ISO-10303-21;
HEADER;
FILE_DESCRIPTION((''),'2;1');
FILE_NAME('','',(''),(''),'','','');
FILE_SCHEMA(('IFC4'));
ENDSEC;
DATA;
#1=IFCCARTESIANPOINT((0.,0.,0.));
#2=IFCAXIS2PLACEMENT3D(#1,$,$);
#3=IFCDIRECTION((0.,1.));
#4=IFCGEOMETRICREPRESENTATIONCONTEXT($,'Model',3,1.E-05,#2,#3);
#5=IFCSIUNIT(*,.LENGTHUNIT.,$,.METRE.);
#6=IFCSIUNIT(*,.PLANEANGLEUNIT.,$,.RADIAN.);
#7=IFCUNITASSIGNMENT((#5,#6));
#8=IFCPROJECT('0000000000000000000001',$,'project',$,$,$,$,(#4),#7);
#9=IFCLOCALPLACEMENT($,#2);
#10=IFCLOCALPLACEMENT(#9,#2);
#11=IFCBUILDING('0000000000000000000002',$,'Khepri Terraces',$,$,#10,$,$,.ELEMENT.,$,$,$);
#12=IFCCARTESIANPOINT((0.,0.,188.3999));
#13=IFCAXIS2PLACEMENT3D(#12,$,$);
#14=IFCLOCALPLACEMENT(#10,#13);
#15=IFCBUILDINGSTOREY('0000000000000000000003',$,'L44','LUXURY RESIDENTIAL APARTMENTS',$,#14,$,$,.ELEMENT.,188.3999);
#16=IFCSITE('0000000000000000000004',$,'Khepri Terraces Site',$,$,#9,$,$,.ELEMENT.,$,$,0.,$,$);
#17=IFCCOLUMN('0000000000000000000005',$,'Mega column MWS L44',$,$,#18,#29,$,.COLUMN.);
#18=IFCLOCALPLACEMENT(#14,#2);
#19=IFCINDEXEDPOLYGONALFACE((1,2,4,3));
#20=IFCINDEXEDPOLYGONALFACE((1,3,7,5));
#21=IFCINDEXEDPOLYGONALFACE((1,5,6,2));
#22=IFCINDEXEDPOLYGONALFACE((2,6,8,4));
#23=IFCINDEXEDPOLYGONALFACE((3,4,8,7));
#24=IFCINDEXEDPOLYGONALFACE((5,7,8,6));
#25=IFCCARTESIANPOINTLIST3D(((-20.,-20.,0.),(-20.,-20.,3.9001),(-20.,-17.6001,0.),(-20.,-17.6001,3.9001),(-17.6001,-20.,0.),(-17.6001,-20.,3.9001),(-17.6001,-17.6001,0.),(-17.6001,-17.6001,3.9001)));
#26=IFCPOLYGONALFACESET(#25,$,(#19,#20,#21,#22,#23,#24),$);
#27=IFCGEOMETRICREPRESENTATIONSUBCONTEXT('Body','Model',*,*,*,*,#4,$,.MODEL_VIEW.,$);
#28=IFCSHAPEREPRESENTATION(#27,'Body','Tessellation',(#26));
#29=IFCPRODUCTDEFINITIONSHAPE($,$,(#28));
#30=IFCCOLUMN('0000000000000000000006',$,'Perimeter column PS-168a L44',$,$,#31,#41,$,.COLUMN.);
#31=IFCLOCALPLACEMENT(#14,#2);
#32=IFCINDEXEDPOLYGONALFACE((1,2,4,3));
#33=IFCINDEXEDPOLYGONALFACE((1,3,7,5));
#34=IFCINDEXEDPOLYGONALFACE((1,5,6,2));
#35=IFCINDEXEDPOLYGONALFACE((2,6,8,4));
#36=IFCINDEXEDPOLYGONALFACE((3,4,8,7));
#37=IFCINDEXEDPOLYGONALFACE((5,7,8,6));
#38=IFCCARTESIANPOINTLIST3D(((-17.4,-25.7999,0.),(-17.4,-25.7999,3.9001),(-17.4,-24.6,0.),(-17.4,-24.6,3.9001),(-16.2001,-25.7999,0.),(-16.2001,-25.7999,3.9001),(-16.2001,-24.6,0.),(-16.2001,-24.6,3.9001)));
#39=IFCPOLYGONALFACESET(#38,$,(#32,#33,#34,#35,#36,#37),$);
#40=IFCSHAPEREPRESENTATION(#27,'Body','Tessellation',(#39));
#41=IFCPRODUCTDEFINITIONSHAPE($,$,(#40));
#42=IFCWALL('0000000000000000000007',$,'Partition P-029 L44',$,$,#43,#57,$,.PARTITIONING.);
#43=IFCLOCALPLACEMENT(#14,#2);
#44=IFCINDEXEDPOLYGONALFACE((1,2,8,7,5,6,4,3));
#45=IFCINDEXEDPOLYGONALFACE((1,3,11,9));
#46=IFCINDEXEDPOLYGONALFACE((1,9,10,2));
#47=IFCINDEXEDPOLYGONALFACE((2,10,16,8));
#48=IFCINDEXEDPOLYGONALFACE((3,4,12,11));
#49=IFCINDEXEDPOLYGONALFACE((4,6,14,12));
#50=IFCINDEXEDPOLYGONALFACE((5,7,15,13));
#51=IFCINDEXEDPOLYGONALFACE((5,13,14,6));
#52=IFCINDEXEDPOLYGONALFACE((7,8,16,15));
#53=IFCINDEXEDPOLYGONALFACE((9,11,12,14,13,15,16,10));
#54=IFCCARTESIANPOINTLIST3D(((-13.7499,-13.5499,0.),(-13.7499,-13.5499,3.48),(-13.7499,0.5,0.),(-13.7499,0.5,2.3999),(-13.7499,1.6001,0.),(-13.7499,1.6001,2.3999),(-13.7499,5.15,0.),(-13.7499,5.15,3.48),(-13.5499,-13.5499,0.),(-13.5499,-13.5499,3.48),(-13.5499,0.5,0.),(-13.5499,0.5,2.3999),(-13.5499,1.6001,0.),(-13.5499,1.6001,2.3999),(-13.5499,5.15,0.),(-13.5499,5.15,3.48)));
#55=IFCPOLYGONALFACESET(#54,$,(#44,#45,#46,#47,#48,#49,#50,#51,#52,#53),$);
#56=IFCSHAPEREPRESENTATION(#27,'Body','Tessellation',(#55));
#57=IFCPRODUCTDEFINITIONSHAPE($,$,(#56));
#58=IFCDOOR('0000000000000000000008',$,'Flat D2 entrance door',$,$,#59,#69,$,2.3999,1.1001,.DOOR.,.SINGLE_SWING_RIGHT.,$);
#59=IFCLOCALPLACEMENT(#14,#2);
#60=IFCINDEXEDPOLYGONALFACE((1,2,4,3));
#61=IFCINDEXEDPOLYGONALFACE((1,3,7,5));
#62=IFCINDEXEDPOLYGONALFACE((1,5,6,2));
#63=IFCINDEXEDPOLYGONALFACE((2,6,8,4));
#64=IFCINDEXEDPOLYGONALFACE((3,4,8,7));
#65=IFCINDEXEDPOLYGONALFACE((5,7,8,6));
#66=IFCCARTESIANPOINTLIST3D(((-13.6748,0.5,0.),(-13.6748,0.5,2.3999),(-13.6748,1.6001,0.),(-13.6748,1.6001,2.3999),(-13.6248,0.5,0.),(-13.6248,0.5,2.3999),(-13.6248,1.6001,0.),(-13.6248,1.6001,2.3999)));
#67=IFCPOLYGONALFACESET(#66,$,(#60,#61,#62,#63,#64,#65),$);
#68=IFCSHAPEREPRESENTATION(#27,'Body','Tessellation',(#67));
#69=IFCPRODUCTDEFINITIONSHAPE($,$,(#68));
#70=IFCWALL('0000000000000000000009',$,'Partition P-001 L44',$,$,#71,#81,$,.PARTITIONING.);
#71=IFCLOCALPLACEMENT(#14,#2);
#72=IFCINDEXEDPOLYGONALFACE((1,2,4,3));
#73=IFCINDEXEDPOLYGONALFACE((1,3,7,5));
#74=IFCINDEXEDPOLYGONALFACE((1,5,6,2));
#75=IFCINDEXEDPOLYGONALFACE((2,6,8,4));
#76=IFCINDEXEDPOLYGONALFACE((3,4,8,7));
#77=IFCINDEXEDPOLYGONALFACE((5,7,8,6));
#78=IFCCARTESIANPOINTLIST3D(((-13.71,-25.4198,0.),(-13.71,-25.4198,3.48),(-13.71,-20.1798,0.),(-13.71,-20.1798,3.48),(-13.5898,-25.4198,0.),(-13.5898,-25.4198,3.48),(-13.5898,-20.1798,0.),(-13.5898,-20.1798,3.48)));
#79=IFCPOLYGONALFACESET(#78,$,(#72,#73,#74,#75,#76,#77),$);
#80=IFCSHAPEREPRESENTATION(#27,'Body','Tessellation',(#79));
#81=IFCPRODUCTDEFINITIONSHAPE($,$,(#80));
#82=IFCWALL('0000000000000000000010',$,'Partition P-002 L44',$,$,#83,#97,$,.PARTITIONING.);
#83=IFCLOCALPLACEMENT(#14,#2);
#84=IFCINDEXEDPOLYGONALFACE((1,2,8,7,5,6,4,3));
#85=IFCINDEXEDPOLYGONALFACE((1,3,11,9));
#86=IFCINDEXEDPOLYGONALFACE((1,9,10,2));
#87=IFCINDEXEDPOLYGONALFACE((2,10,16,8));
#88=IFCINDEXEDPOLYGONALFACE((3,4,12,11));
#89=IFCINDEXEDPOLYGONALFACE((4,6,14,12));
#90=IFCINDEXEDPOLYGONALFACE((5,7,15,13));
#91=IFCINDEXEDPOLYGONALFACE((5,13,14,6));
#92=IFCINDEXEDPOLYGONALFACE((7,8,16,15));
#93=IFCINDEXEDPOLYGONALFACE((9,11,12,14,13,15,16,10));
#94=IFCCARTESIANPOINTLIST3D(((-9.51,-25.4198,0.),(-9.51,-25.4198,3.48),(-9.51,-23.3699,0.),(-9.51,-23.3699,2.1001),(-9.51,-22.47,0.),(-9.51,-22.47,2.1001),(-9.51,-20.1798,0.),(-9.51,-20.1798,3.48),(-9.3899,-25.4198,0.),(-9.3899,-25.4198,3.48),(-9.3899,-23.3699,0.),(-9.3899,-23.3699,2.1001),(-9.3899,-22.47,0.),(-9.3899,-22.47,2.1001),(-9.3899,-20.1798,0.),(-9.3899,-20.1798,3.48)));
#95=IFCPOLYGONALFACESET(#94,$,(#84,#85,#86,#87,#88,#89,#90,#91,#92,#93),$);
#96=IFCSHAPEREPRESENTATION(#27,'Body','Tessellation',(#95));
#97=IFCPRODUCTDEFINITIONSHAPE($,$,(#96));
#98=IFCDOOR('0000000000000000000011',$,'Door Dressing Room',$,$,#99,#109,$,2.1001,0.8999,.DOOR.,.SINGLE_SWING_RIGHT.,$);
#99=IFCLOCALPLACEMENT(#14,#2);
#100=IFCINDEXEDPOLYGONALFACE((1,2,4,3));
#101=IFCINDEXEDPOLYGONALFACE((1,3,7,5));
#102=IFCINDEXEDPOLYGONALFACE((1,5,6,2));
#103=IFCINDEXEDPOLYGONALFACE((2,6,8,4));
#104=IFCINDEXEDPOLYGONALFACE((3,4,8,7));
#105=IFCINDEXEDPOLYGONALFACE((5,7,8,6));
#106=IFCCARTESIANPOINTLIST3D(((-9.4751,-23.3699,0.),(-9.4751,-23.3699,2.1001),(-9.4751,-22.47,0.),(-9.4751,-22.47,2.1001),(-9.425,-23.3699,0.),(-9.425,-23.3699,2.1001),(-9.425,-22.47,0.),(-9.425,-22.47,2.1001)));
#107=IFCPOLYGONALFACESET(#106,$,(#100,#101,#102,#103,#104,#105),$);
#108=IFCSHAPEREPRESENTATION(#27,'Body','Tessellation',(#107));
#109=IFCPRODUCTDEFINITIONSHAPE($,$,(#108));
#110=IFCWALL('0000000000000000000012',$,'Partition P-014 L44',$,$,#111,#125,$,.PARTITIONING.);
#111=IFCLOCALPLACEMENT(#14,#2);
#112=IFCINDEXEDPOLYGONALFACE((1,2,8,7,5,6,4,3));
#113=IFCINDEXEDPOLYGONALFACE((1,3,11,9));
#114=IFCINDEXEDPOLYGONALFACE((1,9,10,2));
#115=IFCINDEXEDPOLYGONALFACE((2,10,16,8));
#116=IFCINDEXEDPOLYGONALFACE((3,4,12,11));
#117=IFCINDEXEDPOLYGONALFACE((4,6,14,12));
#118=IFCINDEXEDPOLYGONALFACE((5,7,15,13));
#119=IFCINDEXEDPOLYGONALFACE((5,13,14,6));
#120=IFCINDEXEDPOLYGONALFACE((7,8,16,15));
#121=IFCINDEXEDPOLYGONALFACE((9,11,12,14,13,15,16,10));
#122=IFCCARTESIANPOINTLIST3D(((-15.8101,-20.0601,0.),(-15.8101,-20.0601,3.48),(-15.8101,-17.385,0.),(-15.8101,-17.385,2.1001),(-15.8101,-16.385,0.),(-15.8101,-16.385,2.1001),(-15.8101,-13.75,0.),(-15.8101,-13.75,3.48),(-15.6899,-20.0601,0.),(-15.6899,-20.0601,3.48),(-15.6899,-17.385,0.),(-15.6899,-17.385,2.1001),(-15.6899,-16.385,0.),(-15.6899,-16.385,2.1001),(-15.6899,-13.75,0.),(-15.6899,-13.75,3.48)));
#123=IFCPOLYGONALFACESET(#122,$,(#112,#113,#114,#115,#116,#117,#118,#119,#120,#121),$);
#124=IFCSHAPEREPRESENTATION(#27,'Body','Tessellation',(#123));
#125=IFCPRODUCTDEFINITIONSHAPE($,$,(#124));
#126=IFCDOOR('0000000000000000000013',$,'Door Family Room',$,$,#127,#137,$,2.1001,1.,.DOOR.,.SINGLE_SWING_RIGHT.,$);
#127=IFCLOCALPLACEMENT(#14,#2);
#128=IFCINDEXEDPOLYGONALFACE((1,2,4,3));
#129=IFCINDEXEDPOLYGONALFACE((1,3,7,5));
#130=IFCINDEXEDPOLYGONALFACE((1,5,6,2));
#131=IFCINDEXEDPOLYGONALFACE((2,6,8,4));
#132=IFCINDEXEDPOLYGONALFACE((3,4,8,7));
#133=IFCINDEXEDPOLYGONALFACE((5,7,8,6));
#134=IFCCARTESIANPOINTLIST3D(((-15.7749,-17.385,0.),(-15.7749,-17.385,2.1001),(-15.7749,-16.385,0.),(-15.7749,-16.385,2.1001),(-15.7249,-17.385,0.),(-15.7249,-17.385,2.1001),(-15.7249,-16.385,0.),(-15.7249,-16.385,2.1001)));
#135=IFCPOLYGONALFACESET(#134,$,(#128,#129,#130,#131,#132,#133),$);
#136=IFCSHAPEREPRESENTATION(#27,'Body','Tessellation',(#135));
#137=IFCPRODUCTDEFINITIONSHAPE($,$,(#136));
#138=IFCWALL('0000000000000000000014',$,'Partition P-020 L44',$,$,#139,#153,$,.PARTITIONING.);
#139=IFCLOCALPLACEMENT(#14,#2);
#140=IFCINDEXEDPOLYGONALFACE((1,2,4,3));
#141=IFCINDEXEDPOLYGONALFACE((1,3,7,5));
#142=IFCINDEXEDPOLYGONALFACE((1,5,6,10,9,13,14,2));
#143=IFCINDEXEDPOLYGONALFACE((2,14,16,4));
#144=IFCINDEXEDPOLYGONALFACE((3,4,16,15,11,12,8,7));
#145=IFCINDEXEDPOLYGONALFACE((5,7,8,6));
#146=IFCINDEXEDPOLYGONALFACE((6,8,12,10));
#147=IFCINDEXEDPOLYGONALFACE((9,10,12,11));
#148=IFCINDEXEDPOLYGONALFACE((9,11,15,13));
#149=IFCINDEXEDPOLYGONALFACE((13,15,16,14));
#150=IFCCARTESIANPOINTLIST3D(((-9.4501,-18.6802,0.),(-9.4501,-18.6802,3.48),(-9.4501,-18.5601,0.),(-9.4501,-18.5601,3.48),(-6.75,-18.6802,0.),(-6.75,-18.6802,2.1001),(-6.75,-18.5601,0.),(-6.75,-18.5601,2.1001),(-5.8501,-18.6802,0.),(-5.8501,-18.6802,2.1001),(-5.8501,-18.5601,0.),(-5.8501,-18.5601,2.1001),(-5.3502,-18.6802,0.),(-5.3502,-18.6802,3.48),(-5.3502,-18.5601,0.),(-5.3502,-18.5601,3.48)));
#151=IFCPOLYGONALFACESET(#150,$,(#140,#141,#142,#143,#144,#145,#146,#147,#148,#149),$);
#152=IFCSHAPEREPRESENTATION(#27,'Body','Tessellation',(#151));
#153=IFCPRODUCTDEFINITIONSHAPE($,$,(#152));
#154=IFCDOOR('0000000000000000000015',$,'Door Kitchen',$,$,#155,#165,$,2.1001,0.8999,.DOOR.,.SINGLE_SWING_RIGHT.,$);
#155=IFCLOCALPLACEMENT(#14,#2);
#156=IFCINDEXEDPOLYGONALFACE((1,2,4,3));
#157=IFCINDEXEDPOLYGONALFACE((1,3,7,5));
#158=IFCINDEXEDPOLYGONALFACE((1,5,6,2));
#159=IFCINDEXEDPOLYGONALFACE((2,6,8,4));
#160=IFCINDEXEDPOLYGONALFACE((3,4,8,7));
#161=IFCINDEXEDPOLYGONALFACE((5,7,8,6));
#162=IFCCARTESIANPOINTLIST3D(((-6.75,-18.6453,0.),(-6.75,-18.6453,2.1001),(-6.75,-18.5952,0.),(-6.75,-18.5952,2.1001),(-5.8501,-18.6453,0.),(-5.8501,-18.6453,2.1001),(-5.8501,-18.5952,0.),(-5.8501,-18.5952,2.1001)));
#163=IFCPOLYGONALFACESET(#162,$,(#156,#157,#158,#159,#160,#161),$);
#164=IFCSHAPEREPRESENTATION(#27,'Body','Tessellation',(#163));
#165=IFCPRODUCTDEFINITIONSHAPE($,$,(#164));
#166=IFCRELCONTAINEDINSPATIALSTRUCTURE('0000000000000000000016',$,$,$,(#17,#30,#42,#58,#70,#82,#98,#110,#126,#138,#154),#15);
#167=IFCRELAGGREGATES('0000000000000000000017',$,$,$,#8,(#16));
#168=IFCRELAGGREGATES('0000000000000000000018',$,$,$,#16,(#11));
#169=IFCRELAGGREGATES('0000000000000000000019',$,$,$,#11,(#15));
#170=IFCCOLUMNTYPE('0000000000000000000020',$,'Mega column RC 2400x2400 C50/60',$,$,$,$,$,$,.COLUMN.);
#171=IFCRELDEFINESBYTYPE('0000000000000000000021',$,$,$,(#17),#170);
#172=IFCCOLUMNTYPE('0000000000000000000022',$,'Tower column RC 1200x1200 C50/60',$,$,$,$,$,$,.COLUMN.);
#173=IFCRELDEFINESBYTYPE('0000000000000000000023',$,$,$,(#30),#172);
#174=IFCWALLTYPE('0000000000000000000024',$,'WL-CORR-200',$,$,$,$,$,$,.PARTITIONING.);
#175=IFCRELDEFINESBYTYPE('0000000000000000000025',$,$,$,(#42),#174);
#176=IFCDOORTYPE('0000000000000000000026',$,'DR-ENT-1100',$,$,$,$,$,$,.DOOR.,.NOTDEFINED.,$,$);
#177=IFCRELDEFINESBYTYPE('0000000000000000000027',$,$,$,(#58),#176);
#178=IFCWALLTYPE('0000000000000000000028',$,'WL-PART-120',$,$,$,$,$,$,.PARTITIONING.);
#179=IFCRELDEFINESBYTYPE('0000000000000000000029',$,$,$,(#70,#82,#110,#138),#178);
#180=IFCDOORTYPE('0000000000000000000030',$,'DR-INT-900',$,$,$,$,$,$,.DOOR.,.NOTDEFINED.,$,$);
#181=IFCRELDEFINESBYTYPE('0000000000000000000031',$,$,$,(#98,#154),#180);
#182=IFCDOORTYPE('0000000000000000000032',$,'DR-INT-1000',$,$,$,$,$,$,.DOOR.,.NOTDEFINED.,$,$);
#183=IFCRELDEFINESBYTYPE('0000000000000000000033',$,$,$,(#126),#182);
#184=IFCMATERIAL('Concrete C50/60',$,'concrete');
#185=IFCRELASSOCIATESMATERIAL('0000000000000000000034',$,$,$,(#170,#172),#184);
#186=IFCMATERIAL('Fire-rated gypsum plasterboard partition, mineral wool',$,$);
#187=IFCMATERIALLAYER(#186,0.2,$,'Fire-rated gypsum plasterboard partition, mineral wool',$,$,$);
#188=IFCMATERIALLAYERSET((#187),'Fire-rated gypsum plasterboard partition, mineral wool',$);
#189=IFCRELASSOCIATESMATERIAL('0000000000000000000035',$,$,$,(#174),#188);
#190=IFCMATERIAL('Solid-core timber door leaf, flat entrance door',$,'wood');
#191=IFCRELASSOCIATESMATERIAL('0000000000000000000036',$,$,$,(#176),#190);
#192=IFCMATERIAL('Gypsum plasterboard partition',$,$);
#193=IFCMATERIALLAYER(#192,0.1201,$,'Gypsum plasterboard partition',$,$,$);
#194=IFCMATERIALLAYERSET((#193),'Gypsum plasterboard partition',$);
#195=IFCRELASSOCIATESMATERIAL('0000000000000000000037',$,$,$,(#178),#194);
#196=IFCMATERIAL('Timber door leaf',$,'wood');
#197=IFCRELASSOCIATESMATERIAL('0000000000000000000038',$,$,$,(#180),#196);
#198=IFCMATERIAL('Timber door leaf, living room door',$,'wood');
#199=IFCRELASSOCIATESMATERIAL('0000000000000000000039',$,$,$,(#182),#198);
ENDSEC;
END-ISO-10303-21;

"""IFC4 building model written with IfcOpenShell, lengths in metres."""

from ifc_helpers import new_model, si_unit, direction, frame, frame_2d, origin, origin_2d, place, context, subcontext, project, spatial, rectangle, extrude, material, layer, layer_set, material_profile, profile_set, type_object, element, fill, save


model = new_model("IFC4")

# Units and contexts
model_context = context("Model", 3, precision=1e-05, world=origin(), true_north=direction((0.0, 1.0)))
body_context = subcontext(model_context, "Body", "Model", "MODEL_VIEW")
ifc_project = project(units=[si_unit("LENGTHUNIT", "METRE"), si_unit("PLANEANGLEUNIT", "RADIAN")], contexts=[model_context])

# Site, building, storey
site_placement = place(None, origin())
site = spatial("IfcSite", under=ifc_project, at=site_placement, Name="Khepri Terraces Site", CompositionType="ELEMENT", RefElevation=0.0)
building_placement = place(site_placement, origin())
building = spatial("IfcBuilding", under=site, at=building_placement, Name="Khepri Terraces", CompositionType="ELEMENT")
storey_placement = place(building_placement, frame((0.0, 0.0, 188.3999)))
storey = spatial("IfcBuildingStorey", under=building, at=storey_placement, Name="L44", Description="LUXURY RESIDENTIAL APARTMENTS", CompositionType="ELEMENT", Elevation=188.3999)

# Columns
ifc_material_1 = material(Name="Concrete C50/60", Category="concrete")
ifc_material_profile_1 = material_profile(ifc_material_1, rectangle(XDim=2.3999, YDim=2.3999, at=origin_2d()), Name="Concrete C50/60", Category="concrete")
ifc_profile_set_1 = profile_set([ifc_material_profile_1], Name="Concrete C50/60")
column_type_1 = type_object("IfcColumnType", Name="Mega column RC 2400x2400 C50/60", PredefinedType="COLUMN", material=ifc_profile_set_1)
column_1_placement = place(storey_placement, frame((-18.8, -18.8, 0.0), z_axis=(0.0, 0.0, 1.0), x_axis=(1.0, 0.0, 0.0)))
element("IfcColumn", 1, at=column_1_placement, inside=storey, type_object=column_type_1, Name="Mega column MWS L44", PredefinedType="COLUMN", context=body_context, shape_type="SweptSolid", body=[
    extrude(rectangle(XDim=2.3999, YDim=2.3999, at=origin_2d()), origin(), (0.0, 0.0, 1.0), 3.9001),
])
ifc_material_profile_2 = material_profile(ifc_material_1, rectangle(XDim=1.2, YDim=1.2, at=origin_2d()), Name="Concrete C50/60", Category="concrete")
ifc_profile_set_2 = profile_set([ifc_material_profile_2], Name="Concrete C50/60")
column_type_2 = type_object("IfcColumnType", Name="Tower column RC 1200x1200 C50/60", PredefinedType="COLUMN", material=ifc_profile_set_2)
column_2_placement = place(storey_placement, frame((-16.8, -25.2, 0.0), z_axis=(0.0, 0.0, 1.0), x_axis=(1.0, 0.0, 0.0)))
element("IfcColumn", 2, at=column_2_placement, inside=storey, type_object=column_type_2, Name="Perimeter column PS-168a L44", PredefinedType="COLUMN", context=body_context, shape_type="SweptSolid", body=[
    extrude(rectangle(XDim=1.2, YDim=1.2, at=origin_2d()), origin(), (0.0, 0.0, 1.0), 3.9001),
])

# Wall, opening, door
ifc_material_2 = material(Name="Fire-rated gypsum plasterboard partition, mineral wool")
ifc_layer_1 = layer(ifc_material_2, 0.2, Name="Fire-rated gypsum plasterboard partition, mineral wool")
ifc_layer_set_1 = layer_set([ifc_layer_1], Name="Fire-rated gypsum plasterboard partition, mineral wool")
wall_type_1 = type_object("IfcWallType", Name="WL-CORR-200", PredefinedType="PARTITIONING", material=ifc_layer_set_1)
wall_1_placement = place(storey_placement, frame((-13.6499, -13.55, 0.0), z_axis=(0.0, 0.0, 1.0), x_axis=(0.0, 1.0, 0.0)))
wall_1 = element("IfcWall", 3, at=wall_1_placement, inside=storey, type_object=wall_type_1, Name="Partition P-029 L44", PredefinedType="PARTITIONING", context=body_context, shape_type="SweptSolid", body=[
    extrude(rectangle(XDim=18.7, YDim=0.2, at=frame_2d((9.3501, 0.0))), origin(), (0.0, 0.0, 1.0), 3.48),
])
opening_1_placement = place(wall_1_placement, frame((14.05, 0.0, 0.0)))
opening_1 = element("IfcOpeningElement", 4, at=opening_1_placement, cuts=wall_1, PredefinedType="OPENING", context=body_context, shape_type="SweptSolid", body=[
    extrude(rectangle(XDim=1.1001, YDim=2.3999, at=frame_2d((0.55, 1.2))), frame((0.0, 0.1099, 0.0), z_axis=(0.0, -1.0, 0.0), x_axis=(1.0, 0.0, 0.0)), (0.0, 0.0, 1.0), 0.22),
])
ifc_material_3 = material(Name="Solid-core timber door leaf, flat entrance door", Category="wood")
door_type_1 = type_object("IfcDoorType", Name="DR-ENT-1100", OperationType="NOTDEFINED", PredefinedType="DOOR", material=ifc_material_3)
door_1_placement = place(opening_1_placement, origin())
door_1 = element("IfcDoor", 5, at=door_1_placement, inside=storey, type_object=door_type_1, Name="Flat D2 entrance door", OperationType="SINGLE_SWING_RIGHT", OverallHeight=2.3999, OverallWidth=1.1001, PredefinedType="DOOR", context=body_context, shape_type="SweptSolid", body=[
    extrude(rectangle(XDim=1.1001, YDim=2.3999, at=frame_2d((0.55, 1.2))), frame((0.0, 0.0249, 0.0), z_axis=(0.0, -1.0, 0.0), x_axis=(1.0, 0.0, 0.0)), (0.0, 0.0, 1.0), 0.05),
])
fill(opening_1, door_1)

# Wall
ifc_material_4 = material(Name="Gypsum plasterboard partition")
ifc_layer_2 = layer(ifc_material_4, 0.1201, Name="Gypsum plasterboard partition")
ifc_layer_set_2 = layer_set([ifc_layer_2], Name="Gypsum plasterboard partition")
wall_type_2 = type_object("IfcWallType", Name="WL-PART-120", PredefinedType="PARTITIONING", material=ifc_layer_set_2)
wall_2_placement = place(storey_placement, frame((-13.6499, -25.4199, 0.0), z_axis=(0.0, 0.0, 1.0), x_axis=(0.0, 1.0, 0.0)))
element("IfcWall", 6, at=wall_2_placement, inside=storey, type_object=wall_type_2, Name="Partition P-001 L44", PredefinedType="PARTITIONING", context=body_context, shape_type="SweptSolid", body=[
    extrude(rectangle(XDim=5.24, YDim=0.1201, at=frame_2d((2.6201, 0.0))), origin(), (0.0, 0.0, 1.0), 3.48),
])

# Walls, openings, doors
wall_3_placement = place(storey_placement, frame((-9.45, -25.4199, 0.0), z_axis=(0.0, 0.0, 1.0), x_axis=(0.0, 1.0, 0.0)))
wall_3 = element("IfcWall", 7, at=wall_3_placement, inside=storey, type_object=wall_type_2, Name="Partition P-002 L44", PredefinedType="PARTITIONING", context=body_context, shape_type="SweptSolid", body=[
    extrude(rectangle(XDim=5.24, YDim=0.1201, at=frame_2d((2.6201, 0.0))), origin(), (0.0, 0.0, 1.0), 3.48),
])
opening_2_placement = place(wall_3_placement, frame((2.05, 0.0, 0.0)))
opening_2 = element("IfcOpeningElement", 8, at=opening_2_placement, cuts=wall_3, PredefinedType="OPENING", context=body_context, shape_type="SweptSolid", body=[
    extrude(rectangle(XDim=0.8999, YDim=2.1001, at=frame_2d((0.45, 1.05))), frame((0.0, 0.0701, 0.0), z_axis=(0.0, -1.0, 0.0), x_axis=(1.0, 0.0, 0.0)), (0.0, 0.0, 1.0), 0.1401),
])
ifc_material_5 = material(Name="Timber door leaf", Category="wood")
door_type_2 = type_object("IfcDoorType", Name="DR-INT-900", OperationType="NOTDEFINED", PredefinedType="DOOR", material=ifc_material_5)
door_2_placement = place(opening_2_placement, frame((0.8999, 0.0, 0.0), z_axis=(0.0, 0.0, 1.0), x_axis=(-1.0, 0.0, 0.0)))
door_2 = element("IfcDoor", 9, at=door_2_placement, inside=storey, type_object=door_type_2, Name="Door Dressing Room", OperationType="SINGLE_SWING_RIGHT", OverallHeight=2.1001, OverallWidth=0.8999, PredefinedType="DOOR", context=body_context, shape_type="SweptSolid", body=[
    extrude(rectangle(XDim=0.8999, YDim=2.1001, at=frame_2d((0.45, 1.05))), frame((0.0, 0.0249, 0.0), z_axis=(0.0, -1.0, 0.0), x_axis=(1.0, 0.0, 0.0)), (0.0, 0.0, 1.0), 0.05),
])
fill(opening_2, door_2)
wall_4_placement = place(storey_placement, frame((-15.75, -20.0601, 0.0), z_axis=(0.0, 0.0, 1.0), x_axis=(0.0, 1.0, 0.0)))
wall_4 = element("IfcWall", 10, at=wall_4_placement, inside=storey, type_object=wall_type_2, Name="Partition P-014 L44", PredefinedType="PARTITIONING", context=body_context, shape_type="SweptSolid", body=[
    extrude(rectangle(XDim=6.3101, YDim=0.1201, at=frame_2d((3.155, 0.0))), origin(), (0.0, 0.0, 1.0), 3.48),
])
opening_3_placement = place(wall_4_placement, frame((2.675, 0.0, 0.0)))
opening_3 = element("IfcOpeningElement", 11, at=opening_3_placement, cuts=wall_4, PredefinedType="OPENING", context=body_context, shape_type="SweptSolid", body=[
    extrude(rectangle(XDim=1.0, YDim=2.1001, at=frame_2d((0.5, 1.05))), frame((0.0, 0.0701, 0.0), z_axis=(0.0, -1.0, 0.0), x_axis=(1.0, 0.0, 0.0)), (0.0, 0.0, 1.0), 0.1401),
])
ifc_material_6 = material(Name="Timber door leaf, living room door", Category="wood")
door_type_3 = type_object("IfcDoorType", Name="DR-INT-1000", OperationType="NOTDEFINED", PredefinedType="DOOR", material=ifc_material_6)
door_3_placement = place(opening_3_placement, origin())
door_3 = element("IfcDoor", 12, at=door_3_placement, inside=storey, type_object=door_type_3, Name="Door Family Room", OperationType="SINGLE_SWING_RIGHT", OverallHeight=2.1001, OverallWidth=1.0, PredefinedType="DOOR", context=body_context, shape_type="SweptSolid", body=[
    extrude(rectangle(XDim=1.0, YDim=2.1001, at=frame_2d((0.5, 1.05))), frame((0.0, 0.0249, 0.0), z_axis=(0.0, -1.0, 0.0), x_axis=(1.0, 0.0, 0.0)), (0.0, 0.0, 1.0), 0.05),
])
fill(opening_3, door_3)
wall_5_placement = place(storey_placement, frame((-9.45, -18.6201, 0.0), z_axis=(0.0, 0.0, 1.0), x_axis=(1.0, 0.0, 0.0)))
wall_5 = element("IfcWall", 13, at=wall_5_placement, inside=storey, type_object=wall_type_2, Name="Partition P-020 L44", PredefinedType="PARTITIONING", context=body_context, shape_type="SweptSolid", body=[
    extrude(rectangle(XDim=4.0999, YDim=0.1201, at=frame_2d((2.0498, 0.0))), origin(), (0.0, 0.0, 1.0), 3.48),
])
opening_4_placement = place(wall_5_placement, frame((2.7, 0.0, 0.0)))
opening_4 = element("IfcOpeningElement", 14, at=opening_4_placement, cuts=wall_5, PredefinedType="OPENING", context=body_context, shape_type="SweptSolid", body=[
    extrude(rectangle(XDim=0.8999, YDim=2.1001, at=frame_2d((0.45, 1.05))), frame((0.0, 0.0701, 0.0), z_axis=(0.0, -1.0, 0.0), x_axis=(1.0, 0.0, 0.0)), (0.0, 0.0, 1.0), 0.1401),
])
door_4_placement = place(opening_4_placement, origin())
door_4 = element("IfcDoor", 15, at=door_4_placement, inside=storey, type_object=door_type_2, Name="Door Kitchen", OperationType="SINGLE_SWING_RIGHT", OverallHeight=2.1001, OverallWidth=0.8999, PredefinedType="DOOR", context=body_context, shape_type="SweptSolid", body=[
    extrude(rectangle(XDim=0.8999, YDim=2.1001, at=frame_2d((0.45, 1.05))), frame((0.0, 0.0249, 0.0), z_axis=(0.0, -1.0, 0.0), x_axis=(1.0, 0.0, 0.0)), (0.0, 0.0, 1.0), 0.05),
])
fill(opening_4, door_4)

save(model, "model.ifc")
